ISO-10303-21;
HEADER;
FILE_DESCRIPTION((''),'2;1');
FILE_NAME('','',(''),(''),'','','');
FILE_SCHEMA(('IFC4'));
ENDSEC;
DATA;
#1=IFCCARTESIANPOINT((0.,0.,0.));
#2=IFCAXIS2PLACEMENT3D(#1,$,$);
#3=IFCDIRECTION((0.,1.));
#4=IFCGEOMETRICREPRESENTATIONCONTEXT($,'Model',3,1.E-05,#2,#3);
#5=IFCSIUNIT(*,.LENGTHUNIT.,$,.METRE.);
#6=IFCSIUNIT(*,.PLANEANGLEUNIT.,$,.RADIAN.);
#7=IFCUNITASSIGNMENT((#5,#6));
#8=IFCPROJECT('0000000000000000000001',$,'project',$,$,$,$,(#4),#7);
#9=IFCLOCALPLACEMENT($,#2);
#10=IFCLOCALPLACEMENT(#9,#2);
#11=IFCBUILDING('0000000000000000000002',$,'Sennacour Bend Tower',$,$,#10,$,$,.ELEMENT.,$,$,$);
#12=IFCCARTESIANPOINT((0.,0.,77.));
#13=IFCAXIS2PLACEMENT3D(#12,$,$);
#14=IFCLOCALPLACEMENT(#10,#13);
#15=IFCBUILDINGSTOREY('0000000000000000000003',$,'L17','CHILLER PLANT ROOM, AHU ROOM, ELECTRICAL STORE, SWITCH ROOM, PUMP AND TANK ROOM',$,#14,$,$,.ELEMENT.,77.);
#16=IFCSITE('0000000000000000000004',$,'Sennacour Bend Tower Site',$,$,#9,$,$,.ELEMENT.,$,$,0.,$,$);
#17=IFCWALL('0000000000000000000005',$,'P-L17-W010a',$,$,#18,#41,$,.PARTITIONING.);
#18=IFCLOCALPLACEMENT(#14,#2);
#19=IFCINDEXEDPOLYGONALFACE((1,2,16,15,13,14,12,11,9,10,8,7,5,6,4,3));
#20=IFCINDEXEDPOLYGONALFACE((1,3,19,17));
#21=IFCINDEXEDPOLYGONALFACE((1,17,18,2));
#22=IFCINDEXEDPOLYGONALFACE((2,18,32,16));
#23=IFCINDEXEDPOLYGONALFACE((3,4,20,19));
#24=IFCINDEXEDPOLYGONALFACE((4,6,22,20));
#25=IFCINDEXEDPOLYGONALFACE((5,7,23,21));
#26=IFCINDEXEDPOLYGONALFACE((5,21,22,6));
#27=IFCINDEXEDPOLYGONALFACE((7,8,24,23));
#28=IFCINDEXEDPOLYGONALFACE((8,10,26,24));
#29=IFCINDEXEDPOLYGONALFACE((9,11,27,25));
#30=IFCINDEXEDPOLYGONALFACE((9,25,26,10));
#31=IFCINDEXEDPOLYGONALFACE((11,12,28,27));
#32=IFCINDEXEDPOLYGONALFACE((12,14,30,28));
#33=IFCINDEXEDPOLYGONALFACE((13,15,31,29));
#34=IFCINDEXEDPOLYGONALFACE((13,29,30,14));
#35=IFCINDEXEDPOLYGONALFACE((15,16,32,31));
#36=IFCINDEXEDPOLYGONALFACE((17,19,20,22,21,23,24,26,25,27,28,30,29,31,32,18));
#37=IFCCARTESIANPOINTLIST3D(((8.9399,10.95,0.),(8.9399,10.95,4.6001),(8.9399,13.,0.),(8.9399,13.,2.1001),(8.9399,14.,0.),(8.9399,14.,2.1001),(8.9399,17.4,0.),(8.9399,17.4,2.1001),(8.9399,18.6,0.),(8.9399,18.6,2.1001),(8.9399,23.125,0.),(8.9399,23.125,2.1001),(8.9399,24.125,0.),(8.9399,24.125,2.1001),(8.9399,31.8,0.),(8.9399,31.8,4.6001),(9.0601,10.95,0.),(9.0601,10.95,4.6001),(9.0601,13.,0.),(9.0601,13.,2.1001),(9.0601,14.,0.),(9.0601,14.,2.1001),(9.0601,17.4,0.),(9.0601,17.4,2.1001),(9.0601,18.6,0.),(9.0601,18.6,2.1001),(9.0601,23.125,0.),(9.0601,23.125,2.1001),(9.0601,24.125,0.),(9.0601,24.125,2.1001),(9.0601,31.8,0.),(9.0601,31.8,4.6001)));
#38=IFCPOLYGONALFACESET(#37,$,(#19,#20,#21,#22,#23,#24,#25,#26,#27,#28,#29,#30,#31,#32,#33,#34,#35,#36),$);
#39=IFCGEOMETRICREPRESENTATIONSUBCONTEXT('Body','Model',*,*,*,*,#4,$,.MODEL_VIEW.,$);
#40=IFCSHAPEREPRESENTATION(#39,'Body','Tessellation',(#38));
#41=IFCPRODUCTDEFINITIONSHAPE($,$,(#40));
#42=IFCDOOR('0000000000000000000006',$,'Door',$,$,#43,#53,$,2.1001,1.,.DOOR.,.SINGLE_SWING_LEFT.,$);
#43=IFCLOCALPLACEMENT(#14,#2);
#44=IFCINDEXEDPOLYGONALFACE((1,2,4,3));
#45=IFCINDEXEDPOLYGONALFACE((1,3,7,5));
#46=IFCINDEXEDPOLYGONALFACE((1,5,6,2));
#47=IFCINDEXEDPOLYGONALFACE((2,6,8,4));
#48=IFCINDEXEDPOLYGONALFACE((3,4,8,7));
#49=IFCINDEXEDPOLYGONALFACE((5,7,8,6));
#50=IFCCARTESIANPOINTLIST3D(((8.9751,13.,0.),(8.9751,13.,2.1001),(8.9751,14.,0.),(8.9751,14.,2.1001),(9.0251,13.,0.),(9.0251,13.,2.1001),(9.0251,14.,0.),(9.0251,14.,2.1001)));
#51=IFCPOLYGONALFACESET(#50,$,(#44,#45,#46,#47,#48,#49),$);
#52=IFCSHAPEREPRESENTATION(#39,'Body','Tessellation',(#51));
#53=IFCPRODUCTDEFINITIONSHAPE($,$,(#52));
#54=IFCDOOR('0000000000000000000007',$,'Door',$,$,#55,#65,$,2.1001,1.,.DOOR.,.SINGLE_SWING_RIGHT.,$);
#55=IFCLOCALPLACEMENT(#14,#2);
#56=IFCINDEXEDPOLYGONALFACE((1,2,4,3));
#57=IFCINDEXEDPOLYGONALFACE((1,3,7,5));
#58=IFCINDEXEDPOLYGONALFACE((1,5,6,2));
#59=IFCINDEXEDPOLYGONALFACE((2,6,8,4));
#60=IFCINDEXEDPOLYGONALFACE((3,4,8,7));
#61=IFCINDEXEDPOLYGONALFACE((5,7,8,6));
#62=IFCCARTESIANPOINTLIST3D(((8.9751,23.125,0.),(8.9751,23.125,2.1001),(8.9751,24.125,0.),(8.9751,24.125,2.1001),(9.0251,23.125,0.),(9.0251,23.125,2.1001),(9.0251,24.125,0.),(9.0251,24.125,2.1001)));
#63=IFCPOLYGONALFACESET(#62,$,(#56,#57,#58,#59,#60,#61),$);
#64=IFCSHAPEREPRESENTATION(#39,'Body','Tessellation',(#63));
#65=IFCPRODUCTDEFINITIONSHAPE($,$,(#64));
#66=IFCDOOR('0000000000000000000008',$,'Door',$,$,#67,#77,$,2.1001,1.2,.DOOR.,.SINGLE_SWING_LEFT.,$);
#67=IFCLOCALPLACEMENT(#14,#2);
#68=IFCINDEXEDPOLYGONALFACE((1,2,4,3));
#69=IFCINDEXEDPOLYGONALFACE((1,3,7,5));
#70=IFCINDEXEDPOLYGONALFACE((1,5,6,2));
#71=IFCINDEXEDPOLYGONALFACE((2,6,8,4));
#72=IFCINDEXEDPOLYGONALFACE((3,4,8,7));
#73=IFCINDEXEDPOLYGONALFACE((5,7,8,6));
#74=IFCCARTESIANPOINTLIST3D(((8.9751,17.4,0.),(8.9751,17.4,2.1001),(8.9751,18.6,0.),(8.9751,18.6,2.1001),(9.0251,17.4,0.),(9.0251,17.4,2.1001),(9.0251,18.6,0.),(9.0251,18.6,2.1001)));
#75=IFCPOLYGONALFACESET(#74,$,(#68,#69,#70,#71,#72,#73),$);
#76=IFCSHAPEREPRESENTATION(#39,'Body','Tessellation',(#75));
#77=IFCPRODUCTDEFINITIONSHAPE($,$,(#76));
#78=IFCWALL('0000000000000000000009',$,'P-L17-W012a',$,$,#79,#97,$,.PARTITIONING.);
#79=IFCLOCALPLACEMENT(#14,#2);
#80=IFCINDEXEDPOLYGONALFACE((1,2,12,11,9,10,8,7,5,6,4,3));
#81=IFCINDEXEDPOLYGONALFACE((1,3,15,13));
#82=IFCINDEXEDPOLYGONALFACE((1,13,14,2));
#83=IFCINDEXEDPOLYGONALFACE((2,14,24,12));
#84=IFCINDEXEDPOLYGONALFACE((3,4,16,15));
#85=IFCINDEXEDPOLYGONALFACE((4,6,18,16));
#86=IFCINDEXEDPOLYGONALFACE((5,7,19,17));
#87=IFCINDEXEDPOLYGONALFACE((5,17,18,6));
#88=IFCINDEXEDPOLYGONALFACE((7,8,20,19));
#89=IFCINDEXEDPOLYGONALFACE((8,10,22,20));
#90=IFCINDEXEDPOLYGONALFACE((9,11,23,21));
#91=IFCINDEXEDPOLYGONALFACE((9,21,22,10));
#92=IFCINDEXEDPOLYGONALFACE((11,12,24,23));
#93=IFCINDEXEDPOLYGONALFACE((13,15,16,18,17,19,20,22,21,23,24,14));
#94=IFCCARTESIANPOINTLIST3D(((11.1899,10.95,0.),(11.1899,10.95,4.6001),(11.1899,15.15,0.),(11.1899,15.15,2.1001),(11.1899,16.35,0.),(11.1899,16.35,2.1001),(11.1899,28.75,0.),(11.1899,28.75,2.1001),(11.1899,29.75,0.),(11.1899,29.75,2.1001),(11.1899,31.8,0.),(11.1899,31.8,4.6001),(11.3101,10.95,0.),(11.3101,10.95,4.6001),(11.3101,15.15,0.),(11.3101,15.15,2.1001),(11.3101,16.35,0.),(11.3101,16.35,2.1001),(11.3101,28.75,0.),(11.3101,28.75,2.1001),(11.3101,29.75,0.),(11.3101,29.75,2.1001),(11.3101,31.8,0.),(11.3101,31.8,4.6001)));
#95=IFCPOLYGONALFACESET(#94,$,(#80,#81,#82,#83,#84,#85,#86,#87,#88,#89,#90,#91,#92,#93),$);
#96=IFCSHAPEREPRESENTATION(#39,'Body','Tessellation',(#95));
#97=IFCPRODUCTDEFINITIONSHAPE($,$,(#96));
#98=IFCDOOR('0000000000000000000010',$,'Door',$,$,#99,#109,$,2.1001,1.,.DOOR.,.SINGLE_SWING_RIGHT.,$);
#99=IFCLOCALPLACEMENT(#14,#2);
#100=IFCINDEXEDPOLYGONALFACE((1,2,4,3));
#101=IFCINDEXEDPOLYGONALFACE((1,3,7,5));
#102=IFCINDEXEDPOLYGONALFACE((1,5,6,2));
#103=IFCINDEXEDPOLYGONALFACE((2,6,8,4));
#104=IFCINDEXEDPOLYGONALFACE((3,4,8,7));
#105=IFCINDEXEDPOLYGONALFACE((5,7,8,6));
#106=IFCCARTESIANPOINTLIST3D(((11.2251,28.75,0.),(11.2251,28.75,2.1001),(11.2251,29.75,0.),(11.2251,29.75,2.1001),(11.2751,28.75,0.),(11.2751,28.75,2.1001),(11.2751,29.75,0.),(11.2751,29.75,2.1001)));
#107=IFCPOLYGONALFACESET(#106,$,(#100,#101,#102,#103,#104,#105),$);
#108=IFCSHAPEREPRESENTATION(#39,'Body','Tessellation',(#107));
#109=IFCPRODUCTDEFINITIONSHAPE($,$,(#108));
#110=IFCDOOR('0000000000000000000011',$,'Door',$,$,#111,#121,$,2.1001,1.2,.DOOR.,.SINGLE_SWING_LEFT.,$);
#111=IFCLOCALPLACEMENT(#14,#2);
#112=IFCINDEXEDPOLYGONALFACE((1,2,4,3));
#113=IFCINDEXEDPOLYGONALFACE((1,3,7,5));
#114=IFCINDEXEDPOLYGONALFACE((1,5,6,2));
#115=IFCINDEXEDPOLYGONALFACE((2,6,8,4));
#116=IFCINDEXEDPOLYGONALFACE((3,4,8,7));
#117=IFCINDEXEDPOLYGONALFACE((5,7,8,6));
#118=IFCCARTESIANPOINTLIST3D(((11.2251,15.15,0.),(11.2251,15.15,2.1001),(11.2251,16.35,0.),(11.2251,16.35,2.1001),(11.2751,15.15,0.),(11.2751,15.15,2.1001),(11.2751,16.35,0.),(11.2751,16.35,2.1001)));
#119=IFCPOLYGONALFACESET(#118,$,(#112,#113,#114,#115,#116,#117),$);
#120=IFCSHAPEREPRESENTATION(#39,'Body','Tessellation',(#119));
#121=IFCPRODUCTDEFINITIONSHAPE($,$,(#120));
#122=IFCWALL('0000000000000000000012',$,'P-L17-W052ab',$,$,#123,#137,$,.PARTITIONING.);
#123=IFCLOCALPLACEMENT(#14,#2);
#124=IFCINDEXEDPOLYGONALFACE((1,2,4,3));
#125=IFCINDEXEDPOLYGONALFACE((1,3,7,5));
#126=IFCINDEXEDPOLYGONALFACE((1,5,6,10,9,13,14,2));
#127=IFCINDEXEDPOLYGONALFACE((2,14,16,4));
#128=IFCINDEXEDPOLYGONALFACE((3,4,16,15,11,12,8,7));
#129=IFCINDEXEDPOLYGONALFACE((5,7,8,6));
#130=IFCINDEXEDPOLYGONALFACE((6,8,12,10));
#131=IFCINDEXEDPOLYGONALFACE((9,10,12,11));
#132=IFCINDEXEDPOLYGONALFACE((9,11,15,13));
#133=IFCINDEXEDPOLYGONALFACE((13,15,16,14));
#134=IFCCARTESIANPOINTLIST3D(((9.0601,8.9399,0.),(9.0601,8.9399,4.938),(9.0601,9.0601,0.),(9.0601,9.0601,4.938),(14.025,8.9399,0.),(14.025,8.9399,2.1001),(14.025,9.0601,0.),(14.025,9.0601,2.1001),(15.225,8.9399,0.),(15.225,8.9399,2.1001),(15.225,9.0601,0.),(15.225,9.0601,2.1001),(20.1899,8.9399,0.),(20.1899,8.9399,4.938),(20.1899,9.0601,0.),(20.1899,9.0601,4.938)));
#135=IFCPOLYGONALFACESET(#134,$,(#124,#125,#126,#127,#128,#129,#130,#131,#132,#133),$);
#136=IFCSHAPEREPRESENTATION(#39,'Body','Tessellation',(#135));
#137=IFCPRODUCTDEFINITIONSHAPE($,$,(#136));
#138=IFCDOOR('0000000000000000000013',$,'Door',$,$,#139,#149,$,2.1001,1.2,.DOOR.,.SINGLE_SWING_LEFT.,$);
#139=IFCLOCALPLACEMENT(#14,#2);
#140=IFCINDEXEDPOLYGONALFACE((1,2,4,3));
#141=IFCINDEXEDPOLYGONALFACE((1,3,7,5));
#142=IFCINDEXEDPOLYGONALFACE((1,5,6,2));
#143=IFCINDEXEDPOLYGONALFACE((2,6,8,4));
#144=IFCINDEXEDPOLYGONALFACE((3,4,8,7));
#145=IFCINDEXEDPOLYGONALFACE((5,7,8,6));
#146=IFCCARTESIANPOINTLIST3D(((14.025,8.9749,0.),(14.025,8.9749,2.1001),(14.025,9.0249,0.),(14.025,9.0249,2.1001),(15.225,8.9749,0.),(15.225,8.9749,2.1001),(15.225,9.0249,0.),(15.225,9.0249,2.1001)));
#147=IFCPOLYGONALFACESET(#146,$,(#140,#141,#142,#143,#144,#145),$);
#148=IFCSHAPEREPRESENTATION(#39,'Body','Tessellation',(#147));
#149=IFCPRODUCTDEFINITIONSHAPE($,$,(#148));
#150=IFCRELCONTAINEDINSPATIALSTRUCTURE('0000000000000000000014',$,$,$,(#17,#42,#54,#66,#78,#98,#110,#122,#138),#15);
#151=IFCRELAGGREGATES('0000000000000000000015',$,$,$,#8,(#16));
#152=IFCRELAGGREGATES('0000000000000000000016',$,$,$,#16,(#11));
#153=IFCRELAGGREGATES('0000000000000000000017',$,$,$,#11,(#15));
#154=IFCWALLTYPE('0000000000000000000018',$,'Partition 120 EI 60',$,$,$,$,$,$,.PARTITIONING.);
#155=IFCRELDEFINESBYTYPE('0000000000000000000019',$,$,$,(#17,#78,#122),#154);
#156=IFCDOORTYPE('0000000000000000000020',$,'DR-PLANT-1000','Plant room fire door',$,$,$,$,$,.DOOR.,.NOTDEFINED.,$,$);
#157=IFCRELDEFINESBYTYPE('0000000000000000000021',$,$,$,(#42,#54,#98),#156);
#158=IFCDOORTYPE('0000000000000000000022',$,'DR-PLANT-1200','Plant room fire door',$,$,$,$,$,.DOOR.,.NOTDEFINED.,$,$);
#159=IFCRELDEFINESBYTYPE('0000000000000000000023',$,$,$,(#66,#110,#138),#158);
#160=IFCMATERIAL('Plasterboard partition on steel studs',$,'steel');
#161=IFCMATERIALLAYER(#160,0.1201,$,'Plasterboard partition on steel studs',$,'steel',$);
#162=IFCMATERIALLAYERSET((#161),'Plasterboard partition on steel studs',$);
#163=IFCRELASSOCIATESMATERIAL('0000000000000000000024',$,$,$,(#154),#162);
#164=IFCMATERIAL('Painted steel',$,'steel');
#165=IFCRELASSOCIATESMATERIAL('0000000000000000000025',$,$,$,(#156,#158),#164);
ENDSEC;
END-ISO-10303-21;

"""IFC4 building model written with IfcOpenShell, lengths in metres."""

from ifc_helpers import new_model, si_unit, direction, frame, frame_2d, origin, place, context, subcontext, project, spatial, rectangle, extrude, material, layer, layer_set, type_object, element, fill, save


model = new_model("IFC4")

# Units and contexts
model_context = context("Model", 3, precision=1e-05, world=origin(), true_north=direction((0.0, 1.0)))
body_context = subcontext(model_context, "Body", "Model", "MODEL_VIEW")
ifc_project = project(units=[si_unit("LENGTHUNIT", "METRE"), si_unit("PLANEANGLEUNIT", "RADIAN")], contexts=[model_context])

# Site, building, storey
site_placement = place(None, origin())
site = spatial("IfcSite", under=ifc_project, at=site_placement, Name="Sennacour Bend Tower Site", CompositionType="ELEMENT", RefElevation=0.0)
building_placement = place(site_placement, origin())
building = spatial("IfcBuilding", under=site, at=building_placement, Name="Sennacour Bend Tower", CompositionType="ELEMENT")
storey_placement = place(building_placement, frame((0.0, 0.0, 77.0)))
storey = spatial("IfcBuildingStorey", under=building, at=storey_placement, Name="L17", Description="CHILLER PLANT ROOM, AHU ROOM, ELECTRICAL STORE, SWITCH ROOM, PUMP AND TANK ROOM", CompositionType="ELEMENT", Elevation=77.0)

# Shared definitions
ifc_material_1 = material(Name="Plasterboard partition on steel studs", Category="steel")

# Walls, openings, doors
ifc_layer_1 = layer(ifc_material_1, 0.1201, Name="Plasterboard partition on steel studs", Category="steel")
ifc_layer_set_1 = layer_set([ifc_layer_1], Name="Plasterboard partition on steel studs")
wall_type_1 = type_object("IfcWallType", Name="Partition 120 EI 60", PredefinedType="PARTITIONING", material=ifc_layer_set_1)
wall_1_placement = place(storey_placement, frame((9.0, 10.95, 0.0), z_axis=(0.0, 0.0, 1.0), x_axis=(0.0, 1.0, 0.0)))
wall_1 = element("IfcWall", 1, at=wall_1_placement, inside=storey, type_object=wall_type_1, Name="P-L17-W010a", PredefinedType="PARTITIONING", context=body_context, shape_type="SweptSolid", body=[
    extrude(rectangle(XDim=20.8501, YDim=0.1201, at=frame_2d((10.425, 0.0))), origin(), (0.0, 0.0, 1.0), 4.6001),
])
opening_1_placement = place(wall_1_placement, frame((2.05, 0.0, 0.0)))
opening_1 = element("IfcOpeningElement", 2, at=opening_1_placement, cuts=wall_1, PredefinedType="OPENING", context=body_context, shape_type="SweptSolid", body=[
    extrude(rectangle(XDim=1.0, YDim=2.1001, at=frame_2d((0.5, 1.05))), frame((0.0, 0.0701, 0.0), z_axis=(0.0, -1.0, 0.0), x_axis=(1.0, 0.0, 0.0)), (0.0, 0.0, 1.0), 0.1401),
])
opening_2_placement = place(wall_1_placement, frame((6.45, 0.0, 0.0)))
opening_2 = element("IfcOpeningElement", 3, at=opening_2_placement, cuts=wall_1, PredefinedType="OPENING", context=body_context, shape_type="SweptSolid", body=[
    extrude(rectangle(XDim=1.2, YDim=2.1001, at=frame_2d((0.6001, 1.05))), frame((0.0, 0.0701, 0.0), z_axis=(0.0, -1.0, 0.0), x_axis=(1.0, 0.0, 0.0)), (0.0, 0.0, 1.0), 0.1401),
])
opening_3_placement = place(wall_1_placement, frame((12.175, 0.0, 0.0)))
opening_3 = element("IfcOpeningElement", 4, at=opening_3_placement, cuts=wall_1, PredefinedType="OPENING", context=body_context, shape_type="SweptSolid", body=[
    extrude(rectangle(XDim=1.0, YDim=2.1001, at=frame_2d((0.5, 1.05))), frame((0.0, 0.0701, 0.0), z_axis=(0.0, -1.0, 0.0), x_axis=(1.0, 0.0, 0.0)), (0.0, 0.0, 1.0), 0.1401),
])
ifc_material_2 = material(Name="Painted steel", Category="steel")
door_type_1 = type_object("IfcDoorType", Name="DR-PLANT-1000", Description="Plant room fire door", OperationType="NOTDEFINED", PredefinedType="DOOR", material=ifc_material_2)
door_1_placement = place(opening_1_placement, origin())
door_1 = element("IfcDoor", 5, at=door_1_placement, inside=storey, type_object=door_type_1, Name="Door", OperationType="SINGLE_SWING_LEFT", OverallHeight=2.1001, OverallWidth=1.0, PredefinedType="DOOR", context=body_context, shape_type="SweptSolid", body=[
    extrude(rectangle(XDim=1.0, YDim=2.1001, at=frame_2d((0.5, 1.05))), frame((0.0, 0.0249, 0.0), z_axis=(0.0, -1.0, 0.0), x_axis=(1.0, 0.0, 0.0)), (0.0, 0.0, 1.0), 0.05),
])
fill(opening_1, door_1)
door_2_placement = place(opening_3_placement, origin())
door_2 = element("IfcDoor", 6, at=door_2_placement, inside=storey, type_object=door_type_1, Name="Door", OperationType="SINGLE_SWING_RIGHT", OverallHeight=2.1001, OverallWidth=1.0, PredefinedType="DOOR", context=body_context, shape_type="SweptSolid", body=[
    extrude(rectangle(XDim=1.0, YDim=2.1001, at=frame_2d((0.5, 1.05))), frame((0.0, 0.0249, 0.0), z_axis=(0.0, -1.0, 0.0), x_axis=(1.0, 0.0, 0.0)), (0.0, 0.0, 1.0), 0.05),
])
fill(opening_3, door_2)
door_type_2 = type_object("IfcDoorType", Name="DR-PLANT-1200", Description="Plant room fire door", OperationType="NOTDEFINED", PredefinedType="DOOR", material=ifc_material_2)
door_3_placement = place(opening_2_placement, origin())
door_3 = element("IfcDoor", 7, at=door_3_placement, inside=storey, type_object=door_type_2, Name="Door", OperationType="SINGLE_SWING_LEFT", OverallHeight=2.1001, OverallWidth=1.2, PredefinedType="DOOR", context=body_context, shape_type="SweptSolid", body=[
    extrude(rectangle(XDim=1.2, YDim=2.1001, at=frame_2d((0.6001, 1.05))), frame((0.0, 0.0249, 0.0), z_axis=(0.0, -1.0, 0.0), x_axis=(1.0, 0.0, 0.0)), (0.0, 0.0, 1.0), 0.05),
])
fill(opening_2, door_3)
wall_2_placement = place(storey_placement, frame((11.25, 10.95, 0.0), z_axis=(0.0, 0.0, 1.0), x_axis=(0.0, 1.0, 0.0)))
wall_2 = element("IfcWall", 8, at=wall_2_placement, inside=storey, type_object=wall_type_1, Name="P-L17-W012a", PredefinedType="PARTITIONING", context=body_context, shape_type="SweptSolid", body=[
    extrude(rectangle(XDim=20.8501, YDim=0.1201, at=frame_2d((10.425, 0.0))), origin(), (0.0, 0.0, 1.0), 4.6001),
])
opening_4_placement = place(wall_2_placement, frame((17.8, 0.0, 0.0)))
opening_4 = element("IfcOpeningElement", 9, at=opening_4_placement, cuts=wall_2, PredefinedType="OPENING", context=body_context, shape_type="SweptSolid", body=[
    extrude(rectangle(XDim=1.0, YDim=2.1001, at=frame_2d((0.5, 1.05))), frame((0.0, 0.0701, 0.0), z_axis=(0.0, -1.0, 0.0), x_axis=(1.0, 0.0, 0.0)), (0.0, 0.0, 1.0), 0.1401),
])
opening_5_placement = place(wall_2_placement, frame((4.2, 0.0, 0.0)))
opening_5 = element("IfcOpeningElement", 10, at=opening_5_placement, cuts=wall_2, PredefinedType="OPENING", context=body_context, shape_type="SweptSolid", body=[
    extrude(rectangle(XDim=1.2, YDim=2.1001, at=frame_2d((0.6001, 1.05))), frame((0.0, 0.0701, 0.0), z_axis=(0.0, -1.0, 0.0), x_axis=(1.0, 0.0, 0.0)), (0.0, 0.0, 1.0), 0.1401),
])
door_4_placement = place(opening_4_placement, origin())
door_4 = element("IfcDoor", 11, at=door_4_placement, inside=storey, type_object=door_type_1, Name="Door", OperationType="SINGLE_SWING_RIGHT", OverallHeight=2.1001, OverallWidth=1.0, PredefinedType="DOOR", context=body_context, shape_type="SweptSolid", body=[
    extrude(rectangle(XDim=1.0, YDim=2.1001, at=frame_2d((0.5, 1.05))), frame((0.0, 0.0249, 0.0), z_axis=(0.0, -1.0, 0.0), x_axis=(1.0, 0.0, 0.0)), (0.0, 0.0, 1.0), 0.05),
])
fill(opening_4, door_4)
door_5_placement = place(opening_5_placement, origin())
door_5 = element("IfcDoor", 12, at=door_5_placement, inside=storey, type_object=door_type_2, Name="Door", OperationType="SINGLE_SWING_LEFT", OverallHeight=2.1001, OverallWidth=1.2, PredefinedType="DOOR", context=body_context, shape_type="SweptSolid", body=[
    extrude(rectangle(XDim=1.2, YDim=2.1001, at=frame_2d((0.6001, 1.05))), frame((0.0, 0.0249, 0.0), z_axis=(0.0, -1.0, 0.0), x_axis=(1.0, 0.0, 0.0)), (0.0, 0.0, 1.0), 0.05),
])
fill(opening_5, door_5)

# Wall, opening, door
wall_3_placement = place(storey_placement, frame((9.0601, 9.0, 0.0), z_axis=(0.0, 0.0, 1.0), x_axis=(1.0, 0.0, 0.0)))
wall_3 = element("IfcWall", 13, at=wall_3_placement, inside=storey, type_object=wall_type_1, Name="P-L17-W052ab", PredefinedType="PARTITIONING", context=body_context, shape_type="SweptSolid", body=[
    extrude(rectangle(XDim=11.1299, YDim=0.1201, at=frame_2d((5.5649, 0.0))), origin(), (0.0, 0.0, 1.0), 4.938),
])
opening_6_placement = place(wall_3_placement, frame((4.9648, 0.0, 0.0)))
opening_6 = element("IfcOpeningElement", 14, at=opening_6_placement, cuts=wall_3, PredefinedType="OPENING", context=body_context, shape_type="SweptSolid", body=[
    extrude(rectangle(XDim=1.2, YDim=2.1001, at=frame_2d((0.6001, 1.05))), frame((0.0, 0.0701, 0.0), z_axis=(0.0, -1.0, 0.0), x_axis=(1.0, 0.0, 0.0)), (0.0, 0.0, 1.0), 0.1401),
])
door_6_placement = place(opening_6_placement, origin())
door_6 = element("IfcDoor", 15, at=door_6_placement, inside=storey, type_object=door_type_2, Name="Door", OperationType="SINGLE_SWING_LEFT", OverallHeight=2.1001, OverallWidth=1.2, PredefinedType="DOOR", context=body_context, shape_type="SweptSolid", body=[
    extrude(rectangle(XDim=1.2, YDim=2.1001, at=frame_2d((0.6001, 1.05))), frame((0.0, 0.0249, 0.0), z_axis=(0.0, -1.0, 0.0), x_axis=(1.0, 0.0, 0.0)), (0.0, 0.0, 1.0), 0.05),
])
fill(opening_6, door_6)

save(model, "model.ifc")
